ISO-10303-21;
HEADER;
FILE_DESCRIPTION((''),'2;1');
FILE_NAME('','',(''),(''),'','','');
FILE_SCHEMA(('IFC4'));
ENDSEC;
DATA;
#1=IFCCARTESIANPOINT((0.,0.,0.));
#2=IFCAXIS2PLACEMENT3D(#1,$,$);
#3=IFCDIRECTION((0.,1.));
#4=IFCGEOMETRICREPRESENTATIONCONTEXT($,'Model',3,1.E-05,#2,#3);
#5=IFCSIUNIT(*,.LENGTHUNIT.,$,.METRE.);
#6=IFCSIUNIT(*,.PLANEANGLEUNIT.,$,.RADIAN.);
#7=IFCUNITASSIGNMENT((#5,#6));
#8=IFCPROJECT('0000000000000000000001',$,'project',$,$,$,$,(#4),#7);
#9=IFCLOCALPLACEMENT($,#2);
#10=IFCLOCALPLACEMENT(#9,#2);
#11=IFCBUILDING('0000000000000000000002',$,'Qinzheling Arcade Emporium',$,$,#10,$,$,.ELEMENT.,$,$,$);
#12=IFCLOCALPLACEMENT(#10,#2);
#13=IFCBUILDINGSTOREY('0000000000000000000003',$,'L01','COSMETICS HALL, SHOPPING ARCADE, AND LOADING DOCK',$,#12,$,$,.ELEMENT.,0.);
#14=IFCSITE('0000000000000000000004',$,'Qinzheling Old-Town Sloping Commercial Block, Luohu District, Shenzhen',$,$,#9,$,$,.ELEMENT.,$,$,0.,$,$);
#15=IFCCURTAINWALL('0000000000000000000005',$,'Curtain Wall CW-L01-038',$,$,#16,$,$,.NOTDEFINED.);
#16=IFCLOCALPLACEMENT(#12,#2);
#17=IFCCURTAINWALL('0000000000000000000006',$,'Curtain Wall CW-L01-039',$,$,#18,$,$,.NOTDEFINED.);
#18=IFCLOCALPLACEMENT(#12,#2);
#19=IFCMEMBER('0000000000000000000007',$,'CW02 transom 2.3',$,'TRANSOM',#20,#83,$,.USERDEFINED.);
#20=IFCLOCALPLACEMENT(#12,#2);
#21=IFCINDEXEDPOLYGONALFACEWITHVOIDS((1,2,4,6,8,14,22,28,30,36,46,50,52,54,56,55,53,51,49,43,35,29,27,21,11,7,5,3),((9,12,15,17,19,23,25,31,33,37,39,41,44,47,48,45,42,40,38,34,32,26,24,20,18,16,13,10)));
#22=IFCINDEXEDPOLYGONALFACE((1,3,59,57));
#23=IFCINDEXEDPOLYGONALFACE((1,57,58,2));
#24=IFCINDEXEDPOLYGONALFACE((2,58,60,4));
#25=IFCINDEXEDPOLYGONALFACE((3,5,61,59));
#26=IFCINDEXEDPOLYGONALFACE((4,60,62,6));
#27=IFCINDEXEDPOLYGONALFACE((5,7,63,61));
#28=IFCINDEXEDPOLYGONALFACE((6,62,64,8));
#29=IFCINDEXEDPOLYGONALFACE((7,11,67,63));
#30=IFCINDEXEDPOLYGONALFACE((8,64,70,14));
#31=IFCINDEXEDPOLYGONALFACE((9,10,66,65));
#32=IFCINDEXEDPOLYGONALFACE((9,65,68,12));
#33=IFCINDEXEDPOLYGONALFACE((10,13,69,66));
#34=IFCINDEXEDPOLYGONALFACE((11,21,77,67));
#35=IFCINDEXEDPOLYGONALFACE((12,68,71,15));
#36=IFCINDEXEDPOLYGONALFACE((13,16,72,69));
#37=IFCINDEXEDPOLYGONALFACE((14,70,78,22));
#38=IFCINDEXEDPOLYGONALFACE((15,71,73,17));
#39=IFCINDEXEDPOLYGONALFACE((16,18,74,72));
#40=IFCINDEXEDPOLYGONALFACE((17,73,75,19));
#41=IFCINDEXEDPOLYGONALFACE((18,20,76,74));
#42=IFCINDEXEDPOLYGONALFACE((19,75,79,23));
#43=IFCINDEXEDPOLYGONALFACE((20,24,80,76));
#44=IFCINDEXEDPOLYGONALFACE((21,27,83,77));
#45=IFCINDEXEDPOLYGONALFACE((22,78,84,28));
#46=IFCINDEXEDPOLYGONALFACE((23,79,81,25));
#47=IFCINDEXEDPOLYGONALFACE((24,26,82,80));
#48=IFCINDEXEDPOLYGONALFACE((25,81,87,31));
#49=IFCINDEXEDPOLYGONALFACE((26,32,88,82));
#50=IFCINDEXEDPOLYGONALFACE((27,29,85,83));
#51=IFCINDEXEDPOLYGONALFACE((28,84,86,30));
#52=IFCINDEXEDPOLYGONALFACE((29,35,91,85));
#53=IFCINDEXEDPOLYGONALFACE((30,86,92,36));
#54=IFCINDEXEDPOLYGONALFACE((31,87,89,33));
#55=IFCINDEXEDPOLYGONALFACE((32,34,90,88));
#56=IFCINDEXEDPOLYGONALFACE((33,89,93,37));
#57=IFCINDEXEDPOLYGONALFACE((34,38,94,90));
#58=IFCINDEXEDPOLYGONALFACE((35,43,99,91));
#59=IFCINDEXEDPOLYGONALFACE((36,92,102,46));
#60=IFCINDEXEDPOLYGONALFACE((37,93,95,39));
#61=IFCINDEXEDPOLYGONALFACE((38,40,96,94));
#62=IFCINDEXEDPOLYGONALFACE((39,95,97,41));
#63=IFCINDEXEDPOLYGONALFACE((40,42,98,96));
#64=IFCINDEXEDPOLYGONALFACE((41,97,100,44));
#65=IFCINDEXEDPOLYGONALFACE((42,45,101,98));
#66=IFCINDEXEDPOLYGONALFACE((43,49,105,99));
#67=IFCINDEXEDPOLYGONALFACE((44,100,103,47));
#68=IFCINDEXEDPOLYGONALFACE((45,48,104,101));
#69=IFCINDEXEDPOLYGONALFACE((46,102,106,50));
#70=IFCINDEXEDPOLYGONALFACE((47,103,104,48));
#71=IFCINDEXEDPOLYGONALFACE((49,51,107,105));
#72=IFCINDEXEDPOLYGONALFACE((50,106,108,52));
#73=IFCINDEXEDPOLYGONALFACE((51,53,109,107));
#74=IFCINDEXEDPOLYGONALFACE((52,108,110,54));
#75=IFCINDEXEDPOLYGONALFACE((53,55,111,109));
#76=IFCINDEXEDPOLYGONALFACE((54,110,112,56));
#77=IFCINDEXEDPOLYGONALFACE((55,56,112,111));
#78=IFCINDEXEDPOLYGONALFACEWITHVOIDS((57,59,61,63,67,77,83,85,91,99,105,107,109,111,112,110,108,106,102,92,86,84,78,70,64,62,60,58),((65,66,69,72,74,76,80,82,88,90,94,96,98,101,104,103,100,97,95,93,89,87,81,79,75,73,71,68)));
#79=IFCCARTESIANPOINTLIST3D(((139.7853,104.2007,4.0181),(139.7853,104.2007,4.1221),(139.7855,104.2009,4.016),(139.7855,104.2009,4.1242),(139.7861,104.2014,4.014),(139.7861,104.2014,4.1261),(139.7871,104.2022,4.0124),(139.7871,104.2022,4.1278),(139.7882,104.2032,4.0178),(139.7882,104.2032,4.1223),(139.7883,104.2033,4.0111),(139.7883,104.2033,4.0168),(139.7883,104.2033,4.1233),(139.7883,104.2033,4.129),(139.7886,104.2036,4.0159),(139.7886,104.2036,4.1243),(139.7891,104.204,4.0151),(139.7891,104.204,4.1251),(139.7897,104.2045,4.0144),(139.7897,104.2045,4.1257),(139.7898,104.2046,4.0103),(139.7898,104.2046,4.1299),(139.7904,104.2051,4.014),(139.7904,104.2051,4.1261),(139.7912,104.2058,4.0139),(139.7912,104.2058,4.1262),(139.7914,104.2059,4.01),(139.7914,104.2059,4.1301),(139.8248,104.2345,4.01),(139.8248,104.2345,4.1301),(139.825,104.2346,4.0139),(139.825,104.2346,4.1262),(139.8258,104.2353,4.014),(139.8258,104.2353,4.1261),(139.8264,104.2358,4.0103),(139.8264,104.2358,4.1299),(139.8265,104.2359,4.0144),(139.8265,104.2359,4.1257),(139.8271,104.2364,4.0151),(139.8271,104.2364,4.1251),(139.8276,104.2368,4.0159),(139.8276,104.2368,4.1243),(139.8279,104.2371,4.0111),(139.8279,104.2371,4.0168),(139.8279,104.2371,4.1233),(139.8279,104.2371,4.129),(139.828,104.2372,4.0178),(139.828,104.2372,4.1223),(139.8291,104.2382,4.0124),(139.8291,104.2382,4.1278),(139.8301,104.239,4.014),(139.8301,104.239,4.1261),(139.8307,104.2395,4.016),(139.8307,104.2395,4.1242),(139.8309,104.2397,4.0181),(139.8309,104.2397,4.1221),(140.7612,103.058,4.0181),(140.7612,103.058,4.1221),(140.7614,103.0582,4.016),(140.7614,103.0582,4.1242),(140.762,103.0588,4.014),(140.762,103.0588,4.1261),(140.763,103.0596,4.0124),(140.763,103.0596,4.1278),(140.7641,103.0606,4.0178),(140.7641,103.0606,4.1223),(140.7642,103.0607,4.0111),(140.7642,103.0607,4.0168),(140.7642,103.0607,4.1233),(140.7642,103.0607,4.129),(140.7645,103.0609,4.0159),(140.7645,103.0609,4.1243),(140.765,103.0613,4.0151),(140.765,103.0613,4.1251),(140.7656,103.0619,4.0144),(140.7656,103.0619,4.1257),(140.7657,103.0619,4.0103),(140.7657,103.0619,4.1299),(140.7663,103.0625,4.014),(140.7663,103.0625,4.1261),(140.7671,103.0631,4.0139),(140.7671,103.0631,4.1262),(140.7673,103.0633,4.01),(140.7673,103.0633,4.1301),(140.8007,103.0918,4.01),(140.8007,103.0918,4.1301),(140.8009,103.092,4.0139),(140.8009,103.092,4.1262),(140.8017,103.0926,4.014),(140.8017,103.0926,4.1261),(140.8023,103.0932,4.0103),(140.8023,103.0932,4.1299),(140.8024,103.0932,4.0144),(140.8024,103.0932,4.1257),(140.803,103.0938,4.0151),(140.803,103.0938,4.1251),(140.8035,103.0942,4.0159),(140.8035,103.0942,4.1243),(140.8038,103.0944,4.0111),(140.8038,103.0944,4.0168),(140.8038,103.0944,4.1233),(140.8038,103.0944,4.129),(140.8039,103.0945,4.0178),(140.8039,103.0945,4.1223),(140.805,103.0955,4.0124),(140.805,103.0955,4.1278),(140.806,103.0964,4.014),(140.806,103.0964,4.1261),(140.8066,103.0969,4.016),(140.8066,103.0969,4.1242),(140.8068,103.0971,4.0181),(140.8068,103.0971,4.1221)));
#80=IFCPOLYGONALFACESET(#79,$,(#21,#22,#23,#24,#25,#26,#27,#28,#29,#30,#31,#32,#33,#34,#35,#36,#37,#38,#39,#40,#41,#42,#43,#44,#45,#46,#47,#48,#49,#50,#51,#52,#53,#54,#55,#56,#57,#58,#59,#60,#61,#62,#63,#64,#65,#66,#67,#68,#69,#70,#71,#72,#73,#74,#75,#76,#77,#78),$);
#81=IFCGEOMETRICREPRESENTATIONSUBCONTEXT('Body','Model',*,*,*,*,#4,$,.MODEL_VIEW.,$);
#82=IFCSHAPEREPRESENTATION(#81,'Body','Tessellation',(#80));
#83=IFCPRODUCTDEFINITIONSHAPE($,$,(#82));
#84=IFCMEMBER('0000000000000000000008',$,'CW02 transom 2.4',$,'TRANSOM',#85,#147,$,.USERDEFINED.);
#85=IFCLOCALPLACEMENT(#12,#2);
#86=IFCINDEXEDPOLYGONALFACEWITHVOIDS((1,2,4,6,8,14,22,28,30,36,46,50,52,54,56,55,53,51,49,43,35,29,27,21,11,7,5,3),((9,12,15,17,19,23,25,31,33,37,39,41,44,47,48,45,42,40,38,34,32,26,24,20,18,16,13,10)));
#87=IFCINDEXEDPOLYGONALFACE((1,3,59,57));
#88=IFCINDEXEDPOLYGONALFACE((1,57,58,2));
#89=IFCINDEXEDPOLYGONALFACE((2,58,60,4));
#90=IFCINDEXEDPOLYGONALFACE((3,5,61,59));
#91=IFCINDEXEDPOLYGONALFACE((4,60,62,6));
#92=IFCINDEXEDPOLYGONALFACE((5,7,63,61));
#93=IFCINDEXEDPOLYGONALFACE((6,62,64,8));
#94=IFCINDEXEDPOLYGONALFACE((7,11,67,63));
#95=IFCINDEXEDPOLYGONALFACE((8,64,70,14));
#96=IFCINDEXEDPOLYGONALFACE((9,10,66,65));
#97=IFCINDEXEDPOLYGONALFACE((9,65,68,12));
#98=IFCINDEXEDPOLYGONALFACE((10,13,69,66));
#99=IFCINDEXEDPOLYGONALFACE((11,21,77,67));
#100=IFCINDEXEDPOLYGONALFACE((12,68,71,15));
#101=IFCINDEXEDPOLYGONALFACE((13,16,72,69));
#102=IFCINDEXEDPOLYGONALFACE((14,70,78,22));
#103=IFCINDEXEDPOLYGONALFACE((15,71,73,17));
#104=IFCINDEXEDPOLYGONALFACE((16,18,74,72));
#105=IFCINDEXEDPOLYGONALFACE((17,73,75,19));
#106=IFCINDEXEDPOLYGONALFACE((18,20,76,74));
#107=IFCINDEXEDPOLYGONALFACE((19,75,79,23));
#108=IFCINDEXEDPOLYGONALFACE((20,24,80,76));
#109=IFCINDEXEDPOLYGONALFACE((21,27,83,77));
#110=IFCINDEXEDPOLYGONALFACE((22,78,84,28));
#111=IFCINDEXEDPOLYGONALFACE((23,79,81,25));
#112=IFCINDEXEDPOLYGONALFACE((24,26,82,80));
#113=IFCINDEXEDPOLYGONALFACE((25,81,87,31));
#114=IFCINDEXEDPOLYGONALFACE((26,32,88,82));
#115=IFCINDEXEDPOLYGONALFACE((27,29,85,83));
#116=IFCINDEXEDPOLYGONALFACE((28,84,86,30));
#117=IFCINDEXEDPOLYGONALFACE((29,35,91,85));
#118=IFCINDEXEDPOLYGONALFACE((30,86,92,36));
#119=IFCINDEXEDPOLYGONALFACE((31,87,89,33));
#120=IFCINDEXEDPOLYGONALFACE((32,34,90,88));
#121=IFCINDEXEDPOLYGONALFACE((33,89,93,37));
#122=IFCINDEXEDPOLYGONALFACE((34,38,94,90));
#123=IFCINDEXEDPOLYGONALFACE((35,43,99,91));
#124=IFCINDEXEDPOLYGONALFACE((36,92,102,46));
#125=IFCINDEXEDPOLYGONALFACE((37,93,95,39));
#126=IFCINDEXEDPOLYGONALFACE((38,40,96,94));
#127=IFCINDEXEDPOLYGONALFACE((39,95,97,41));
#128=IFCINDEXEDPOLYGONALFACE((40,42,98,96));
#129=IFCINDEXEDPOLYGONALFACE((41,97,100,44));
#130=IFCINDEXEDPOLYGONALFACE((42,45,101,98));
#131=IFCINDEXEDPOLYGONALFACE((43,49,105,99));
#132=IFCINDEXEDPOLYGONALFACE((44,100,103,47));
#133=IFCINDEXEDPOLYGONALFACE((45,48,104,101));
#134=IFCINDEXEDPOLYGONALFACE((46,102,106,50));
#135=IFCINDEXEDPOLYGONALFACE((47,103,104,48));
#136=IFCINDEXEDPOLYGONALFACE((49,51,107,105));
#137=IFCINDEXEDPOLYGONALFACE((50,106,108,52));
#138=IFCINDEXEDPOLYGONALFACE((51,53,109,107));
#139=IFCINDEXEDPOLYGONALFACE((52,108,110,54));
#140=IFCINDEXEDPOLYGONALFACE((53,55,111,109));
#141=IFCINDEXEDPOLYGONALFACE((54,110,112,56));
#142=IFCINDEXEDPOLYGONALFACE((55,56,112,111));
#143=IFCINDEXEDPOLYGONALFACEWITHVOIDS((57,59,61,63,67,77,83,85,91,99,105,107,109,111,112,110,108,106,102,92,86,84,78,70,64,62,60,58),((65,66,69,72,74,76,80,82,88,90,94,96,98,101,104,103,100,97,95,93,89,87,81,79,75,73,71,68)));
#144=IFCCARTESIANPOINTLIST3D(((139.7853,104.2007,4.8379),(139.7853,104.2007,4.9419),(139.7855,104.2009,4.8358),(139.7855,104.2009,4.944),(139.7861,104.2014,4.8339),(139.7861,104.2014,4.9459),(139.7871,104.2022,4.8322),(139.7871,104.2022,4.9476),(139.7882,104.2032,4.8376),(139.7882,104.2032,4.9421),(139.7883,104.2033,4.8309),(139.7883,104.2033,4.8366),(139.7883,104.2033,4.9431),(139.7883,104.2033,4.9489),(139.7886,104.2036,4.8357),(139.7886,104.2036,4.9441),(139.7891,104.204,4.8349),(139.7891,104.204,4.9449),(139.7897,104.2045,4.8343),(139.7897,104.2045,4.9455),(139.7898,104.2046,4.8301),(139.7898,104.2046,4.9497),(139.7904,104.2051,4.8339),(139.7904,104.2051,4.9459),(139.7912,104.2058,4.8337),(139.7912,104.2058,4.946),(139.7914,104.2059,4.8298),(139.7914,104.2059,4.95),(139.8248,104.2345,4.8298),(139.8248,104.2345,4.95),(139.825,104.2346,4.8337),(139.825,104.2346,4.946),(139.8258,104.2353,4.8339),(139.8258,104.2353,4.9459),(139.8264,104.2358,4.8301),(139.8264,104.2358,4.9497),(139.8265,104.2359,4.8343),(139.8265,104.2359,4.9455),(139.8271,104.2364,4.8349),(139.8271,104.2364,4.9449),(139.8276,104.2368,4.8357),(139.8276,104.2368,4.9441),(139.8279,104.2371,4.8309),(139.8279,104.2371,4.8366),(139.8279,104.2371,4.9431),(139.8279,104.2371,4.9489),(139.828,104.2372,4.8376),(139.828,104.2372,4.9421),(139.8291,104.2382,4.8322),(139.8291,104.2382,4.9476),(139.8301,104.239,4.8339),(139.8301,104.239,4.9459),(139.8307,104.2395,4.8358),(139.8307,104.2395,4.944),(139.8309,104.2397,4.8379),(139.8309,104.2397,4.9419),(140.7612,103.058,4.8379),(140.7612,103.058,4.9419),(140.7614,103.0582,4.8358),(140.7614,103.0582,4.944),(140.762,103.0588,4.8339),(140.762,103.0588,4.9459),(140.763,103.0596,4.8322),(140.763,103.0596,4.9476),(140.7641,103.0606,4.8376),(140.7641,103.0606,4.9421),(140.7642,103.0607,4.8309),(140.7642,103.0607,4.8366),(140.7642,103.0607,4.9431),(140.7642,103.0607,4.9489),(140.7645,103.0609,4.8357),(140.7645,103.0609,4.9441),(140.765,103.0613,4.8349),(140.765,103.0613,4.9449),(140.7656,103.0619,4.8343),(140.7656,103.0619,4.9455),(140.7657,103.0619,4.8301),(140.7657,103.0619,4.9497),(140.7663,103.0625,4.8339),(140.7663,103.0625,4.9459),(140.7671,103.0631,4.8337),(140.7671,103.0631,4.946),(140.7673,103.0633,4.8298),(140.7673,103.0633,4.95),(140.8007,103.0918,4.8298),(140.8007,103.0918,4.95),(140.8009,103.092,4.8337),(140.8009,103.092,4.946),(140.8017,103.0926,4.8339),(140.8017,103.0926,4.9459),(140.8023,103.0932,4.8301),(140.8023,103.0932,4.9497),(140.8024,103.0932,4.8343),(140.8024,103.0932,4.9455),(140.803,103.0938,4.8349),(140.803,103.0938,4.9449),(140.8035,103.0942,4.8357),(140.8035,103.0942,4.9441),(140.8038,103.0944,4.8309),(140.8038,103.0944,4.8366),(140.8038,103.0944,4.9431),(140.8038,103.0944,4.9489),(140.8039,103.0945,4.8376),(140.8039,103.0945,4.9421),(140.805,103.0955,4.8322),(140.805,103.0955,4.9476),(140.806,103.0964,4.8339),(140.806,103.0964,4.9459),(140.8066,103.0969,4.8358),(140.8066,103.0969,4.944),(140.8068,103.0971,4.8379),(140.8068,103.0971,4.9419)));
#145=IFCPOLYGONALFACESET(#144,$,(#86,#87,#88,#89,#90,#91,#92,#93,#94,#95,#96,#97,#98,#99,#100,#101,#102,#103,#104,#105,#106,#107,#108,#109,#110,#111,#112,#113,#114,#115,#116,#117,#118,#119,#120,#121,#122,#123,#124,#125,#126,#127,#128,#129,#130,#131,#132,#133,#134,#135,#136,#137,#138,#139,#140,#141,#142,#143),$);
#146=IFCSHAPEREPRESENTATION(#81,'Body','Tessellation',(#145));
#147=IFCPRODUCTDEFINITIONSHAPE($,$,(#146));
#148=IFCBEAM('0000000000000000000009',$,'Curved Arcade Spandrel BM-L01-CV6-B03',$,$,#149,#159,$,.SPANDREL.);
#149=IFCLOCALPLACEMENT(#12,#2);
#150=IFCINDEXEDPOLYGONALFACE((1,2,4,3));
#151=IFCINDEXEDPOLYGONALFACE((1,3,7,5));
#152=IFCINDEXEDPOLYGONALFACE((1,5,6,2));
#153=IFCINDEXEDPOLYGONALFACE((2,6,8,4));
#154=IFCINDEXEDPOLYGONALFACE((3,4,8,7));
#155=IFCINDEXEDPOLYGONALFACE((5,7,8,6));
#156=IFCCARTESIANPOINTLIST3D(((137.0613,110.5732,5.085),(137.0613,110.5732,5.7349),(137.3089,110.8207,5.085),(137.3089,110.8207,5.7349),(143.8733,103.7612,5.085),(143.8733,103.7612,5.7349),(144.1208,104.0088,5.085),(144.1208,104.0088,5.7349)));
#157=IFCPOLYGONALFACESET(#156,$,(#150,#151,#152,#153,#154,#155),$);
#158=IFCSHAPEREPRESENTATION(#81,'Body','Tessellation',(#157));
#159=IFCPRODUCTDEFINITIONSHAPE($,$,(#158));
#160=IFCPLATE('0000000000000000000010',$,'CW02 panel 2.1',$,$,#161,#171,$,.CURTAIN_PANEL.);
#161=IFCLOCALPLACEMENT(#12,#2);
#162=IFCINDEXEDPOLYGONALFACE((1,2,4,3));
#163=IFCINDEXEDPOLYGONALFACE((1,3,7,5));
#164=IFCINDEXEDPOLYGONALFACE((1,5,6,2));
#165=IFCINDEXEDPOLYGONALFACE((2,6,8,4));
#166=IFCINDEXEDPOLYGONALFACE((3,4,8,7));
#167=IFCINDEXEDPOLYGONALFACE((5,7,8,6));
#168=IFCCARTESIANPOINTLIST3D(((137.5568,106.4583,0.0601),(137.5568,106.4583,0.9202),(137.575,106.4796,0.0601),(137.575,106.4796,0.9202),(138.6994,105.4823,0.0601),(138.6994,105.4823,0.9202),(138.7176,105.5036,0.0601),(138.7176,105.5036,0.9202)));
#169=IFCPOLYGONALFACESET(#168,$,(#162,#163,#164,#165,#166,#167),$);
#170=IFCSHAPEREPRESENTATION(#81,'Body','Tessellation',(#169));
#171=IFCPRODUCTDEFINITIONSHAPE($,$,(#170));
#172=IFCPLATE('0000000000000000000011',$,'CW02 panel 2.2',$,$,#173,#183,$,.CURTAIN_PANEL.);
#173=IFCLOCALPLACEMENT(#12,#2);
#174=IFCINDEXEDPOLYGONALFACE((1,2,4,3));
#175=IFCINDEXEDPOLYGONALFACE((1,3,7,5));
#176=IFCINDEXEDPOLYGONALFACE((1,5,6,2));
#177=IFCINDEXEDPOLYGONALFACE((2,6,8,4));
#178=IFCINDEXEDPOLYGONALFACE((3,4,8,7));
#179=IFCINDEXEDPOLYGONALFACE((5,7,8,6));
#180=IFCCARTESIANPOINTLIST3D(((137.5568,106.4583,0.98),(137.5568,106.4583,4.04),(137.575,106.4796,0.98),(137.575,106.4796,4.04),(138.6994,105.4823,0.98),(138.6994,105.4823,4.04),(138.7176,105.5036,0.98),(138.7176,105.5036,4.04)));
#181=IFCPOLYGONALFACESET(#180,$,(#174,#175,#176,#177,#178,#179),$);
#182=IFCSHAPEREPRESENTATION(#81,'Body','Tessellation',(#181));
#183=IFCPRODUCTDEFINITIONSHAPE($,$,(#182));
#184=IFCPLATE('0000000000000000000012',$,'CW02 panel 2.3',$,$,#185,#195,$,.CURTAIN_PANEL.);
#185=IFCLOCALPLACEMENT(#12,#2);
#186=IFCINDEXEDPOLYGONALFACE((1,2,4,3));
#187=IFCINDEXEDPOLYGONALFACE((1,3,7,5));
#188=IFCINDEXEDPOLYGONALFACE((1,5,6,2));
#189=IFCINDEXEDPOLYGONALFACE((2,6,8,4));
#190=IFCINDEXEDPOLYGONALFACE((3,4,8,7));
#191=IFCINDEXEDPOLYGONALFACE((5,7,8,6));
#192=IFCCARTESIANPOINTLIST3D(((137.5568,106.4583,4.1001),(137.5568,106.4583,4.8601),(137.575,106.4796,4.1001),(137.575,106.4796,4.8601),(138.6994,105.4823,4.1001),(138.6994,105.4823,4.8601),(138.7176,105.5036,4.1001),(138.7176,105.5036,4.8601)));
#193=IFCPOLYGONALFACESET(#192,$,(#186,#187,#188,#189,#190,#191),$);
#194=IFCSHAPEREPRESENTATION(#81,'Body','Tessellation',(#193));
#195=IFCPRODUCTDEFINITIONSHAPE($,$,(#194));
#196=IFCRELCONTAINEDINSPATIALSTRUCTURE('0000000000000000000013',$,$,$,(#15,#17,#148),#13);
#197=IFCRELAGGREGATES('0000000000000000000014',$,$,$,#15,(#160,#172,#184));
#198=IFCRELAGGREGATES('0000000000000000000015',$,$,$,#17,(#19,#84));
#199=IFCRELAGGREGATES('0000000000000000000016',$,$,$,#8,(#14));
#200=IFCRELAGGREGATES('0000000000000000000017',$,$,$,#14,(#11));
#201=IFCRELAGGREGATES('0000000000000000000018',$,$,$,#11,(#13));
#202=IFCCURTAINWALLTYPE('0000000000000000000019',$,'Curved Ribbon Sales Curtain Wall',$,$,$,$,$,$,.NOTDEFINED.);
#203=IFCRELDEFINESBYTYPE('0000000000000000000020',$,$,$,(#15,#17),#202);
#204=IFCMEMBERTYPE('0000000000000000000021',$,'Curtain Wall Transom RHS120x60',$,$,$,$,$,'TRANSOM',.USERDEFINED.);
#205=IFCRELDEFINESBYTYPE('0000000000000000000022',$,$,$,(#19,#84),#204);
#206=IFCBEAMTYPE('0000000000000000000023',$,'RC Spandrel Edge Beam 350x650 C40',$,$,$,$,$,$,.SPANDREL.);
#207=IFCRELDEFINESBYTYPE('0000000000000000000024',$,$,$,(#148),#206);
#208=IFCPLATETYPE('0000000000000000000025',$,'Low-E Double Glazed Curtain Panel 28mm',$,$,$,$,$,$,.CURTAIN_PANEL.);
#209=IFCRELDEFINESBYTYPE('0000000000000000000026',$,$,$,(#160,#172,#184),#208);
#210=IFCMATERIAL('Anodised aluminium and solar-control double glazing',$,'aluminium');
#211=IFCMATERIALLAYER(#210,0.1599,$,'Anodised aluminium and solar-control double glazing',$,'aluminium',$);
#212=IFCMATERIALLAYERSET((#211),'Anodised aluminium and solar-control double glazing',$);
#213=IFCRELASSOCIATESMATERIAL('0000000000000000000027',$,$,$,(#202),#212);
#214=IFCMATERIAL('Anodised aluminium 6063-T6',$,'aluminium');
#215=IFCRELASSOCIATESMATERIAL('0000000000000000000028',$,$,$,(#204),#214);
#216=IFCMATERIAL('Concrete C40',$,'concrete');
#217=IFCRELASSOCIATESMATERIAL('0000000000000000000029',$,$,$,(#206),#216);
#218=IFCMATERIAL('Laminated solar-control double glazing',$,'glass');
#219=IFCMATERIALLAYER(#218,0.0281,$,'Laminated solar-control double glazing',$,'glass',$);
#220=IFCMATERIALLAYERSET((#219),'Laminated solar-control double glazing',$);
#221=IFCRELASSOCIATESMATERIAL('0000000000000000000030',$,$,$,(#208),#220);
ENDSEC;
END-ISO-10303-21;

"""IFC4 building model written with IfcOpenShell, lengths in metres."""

from ifc_helpers import new_model, si_unit, direction, frame, origin, origin_2d, place, context, subcontext, project, spatial, rectangle, hollow_rectangle, extrude, material, layer, layer_set, material_profile, profile_set, type_object, element, aggregate, save


model = new_model("IFC4")

# Units and contexts
model_context = context("Model", 3, precision=1e-05, world=origin(), true_north=direction((0.0, 1.0)))
body_context = subcontext(model_context, "Body", "Model", "MODEL_VIEW")
ifc_project = project(units=[si_unit("LENGTHUNIT", "METRE"), si_unit("PLANEANGLEUNIT", "RADIAN")], contexts=[model_context])

# Site, building, storey
site_placement = place(None, origin())
site = spatial("IfcSite", under=ifc_project, at=site_placement, Name="Qinzheling Old-Town Sloping Commercial Block, Luohu District, Shenzhen", CompositionType="ELEMENT", RefElevation=0.0)
building_placement = place(site_placement, origin())
building = spatial("IfcBuilding", under=site, at=building_placement, Name="Qinzheling Arcade Emporium", CompositionType="ELEMENT")
storey_placement = place(building_placement, origin())
storey = spatial("IfcBuildingStorey", under=building, at=storey_placement, Name="L01", Description="COSMETICS HALL, SHOPPING ARCADE, AND LOADING DOCK", CompositionType="ELEMENT", Elevation=0.0)

# Curtain walls
ifc_material_1 = material(Name="Anodised aluminium and solar-control double glazing", Category="aluminium")
ifc_layer_1 = layer(ifc_material_1, 0.1599, Name="Anodised aluminium and solar-control double glazing", Category="aluminium")
ifc_layer_set_1 = layer_set([ifc_layer_1], Name="Anodised aluminium and solar-control double glazing")
curtain_wall_type = type_object("IfcCurtainWallType", Name="Curved Ribbon Sales Curtain Wall", PredefinedType="NOTDEFINED", material=ifc_layer_set_1)
curtain_wall_1_placement = place(storey_placement, origin())
curtain_wall_1 = element("IfcCurtainWall", 1, at=curtain_wall_1_placement, inside=storey, type_object=curtain_wall_type, Name="Curtain Wall CW-L01-038", PredefinedType="NOTDEFINED")
ifc_material_2 = material(Name="Anodised aluminium 6063-T6", Category="aluminium")
curtain_wall_2_placement = place(storey_placement, origin())
curtain_wall_2 = element("IfcCurtainWall", 2, at=curtain_wall_2_placement, inside=storey, type_object=curtain_wall_type, Name="Curtain Wall CW-L01-039", PredefinedType="NOTDEFINED")

# Members
ifc_material_profile_1 = material_profile(ifc_material_2, hollow_rectangle(XDim=0.0601, YDim=0.1201, WallThickness=0.0039, InnerFilletRadius=0.0039, OuterFilletRadius=0.0081, at=origin_2d()), Name="RHS 120x60x4", Category="aluminium")
ifc_profile_set_1 = profile_set([ifc_material_profile_1], Name="Anodised aluminium 6063-T6")
member_type_1 = type_object("IfcMemberType", Name="Curtain Wall Transom RHS120x60", ElementType="TRANSOM", PredefinedType="USERDEFINED", material=ifc_profile_set_1)
member_1_placement = place(storey_placement, frame((139.8081, 104.2202, 4.0701), z_axis=(0.649439, -0.760414, 0.0), x_axis=(0.760414, 0.649439, 0.0)))
member_1 = element("IfcMember", 3, at=member_1_placement, type_object=member_type_1, Name="CW02 transom 2.3", ObjectType="TRANSOM", PredefinedType="USERDEFINED", context=body_context, shape_type="SweptSolid", body=[
    extrude(hollow_rectangle(XDim=0.0601, YDim=0.1201, WallThickness=0.0039, InnerFilletRadius=0.0039, OuterFilletRadius=0.0081, at=origin_2d()), origin(), (0.0, 0.0, 1.0), 1.5027),
])
member_2_placement = place(storey_placement, frame((139.8081, 104.2202, 4.8899), z_axis=(0.649439, -0.760414, 0.0), x_axis=(0.760414, 0.649439, 0.0)))
member_2 = element("IfcMember", 4, at=member_2_placement, type_object=member_type_1, Name="CW02 transom 2.4", ObjectType="TRANSOM", PredefinedType="USERDEFINED", context=body_context, shape_type="SweptSolid", body=[
    extrude(hollow_rectangle(XDim=0.0601, YDim=0.1201, WallThickness=0.0039, InnerFilletRadius=0.0039, OuterFilletRadius=0.0081, at=origin_2d()), origin(), (0.0, 0.0, 1.0), 1.5027),
])

# Beam
ifc_material_3 = material(Name="Concrete C40", Category="concrete")
ifc_material_profile_2 = material_profile(ifc_material_3, rectangle(XDim=0.3501, YDim=0.6499, at=origin_2d()), Name="RC 350x650", Category="concrete")
ifc_profile_set_2 = profile_set([ifc_material_profile_2], Name="Concrete C40")
beam_type_1 = type_object("IfcBeamType", Name="RC Spandrel Edge Beam 350x650 C40", PredefinedType="SPANDREL", material=ifc_profile_set_2)
beam_1_placement = place(storey_placement, frame((143.9971, 103.885, 5.4099), z_axis=(-0.707107, 0.707107, 0.0), x_axis=(-0.707107, -0.707107, 0.0)))
element("IfcBeam", 5, at=beam_1_placement, inside=storey, type_object=beam_type_1, Name="Curved Arcade Spandrel BM-L01-CV6-B03", PredefinedType="SPANDREL", context=body_context, shape_type="SweptSolid", body=[
    extrude(rectangle(XDim=0.3501, YDim=0.6499, at=origin_2d()), origin(), (0.0, 0.0, 1.0), 9.6335),
])

# Plates
ifc_material_4 = material(Name="Laminated solar-control double glazing", Category="glass")
ifc_layer_2 = layer(ifc_material_4, 0.0281, Name="Laminated solar-control double glazing", Category="glass")
ifc_layer_set_2 = layer_set([ifc_layer_2], Name="Laminated solar-control double glazing")
plate_type_1 = type_object("IfcPlateType", Name="Low-E Double Glazed Curtain Panel 28mm", PredefinedType="CURTAIN_PANEL", material=ifc_layer_set_2)
plate_1_placement = place(storey_placement, frame((138.1372, 105.981, 0.0601), z_axis=(0.0, 0.0, 1.0), x_axis=(0.760341, -0.649524, 0.0)))
plate_1 = element("IfcPlate", 6, at=plate_1_placement, type_object=plate_type_1, Name="CW02 panel 2.1", PredefinedType="CURTAIN_PANEL", context=body_context, shape_type="SweptSolid", body=[
    extrude(rectangle(XDim=1.5027, YDim=0.0281, at=origin_2d()), origin(), (0.0, 0.0, 1.0), 0.8601),
])
plate_2_placement = place(storey_placement, frame((138.1372, 105.981, 0.98), z_axis=(0.0, 0.0, 1.0), x_axis=(0.760341, -0.649524, 0.0)))
plate_2 = element("IfcPlate", 7, at=plate_2_placement, type_object=plate_type_1, Name="CW02 panel 2.2", PredefinedType="CURTAIN_PANEL", context=body_context, shape_type="SweptSolid", body=[
    extrude(rectangle(XDim=1.5027, YDim=0.0281, at=origin_2d()), origin(), (0.0, 0.0, 1.0), 3.0601),
])
plate_3_placement = place(storey_placement, frame((138.1372, 105.981, 4.1001), z_axis=(0.0, 0.0, 1.0), x_axis=(0.760341, -0.649524, 0.0)))
plate_3 = element("IfcPlate", 8, at=plate_3_placement, type_object=plate_type_1, Name="CW02 panel 2.3", PredefinedType="CURTAIN_PANEL", context=body_context, shape_type="SweptSolid", body=[
    extrude(rectangle(XDim=1.5027, YDim=0.0281, at=origin_2d()), origin(), (0.0, 0.0, 1.0), 0.76),
])
aggregate(curtain_wall_1, [plate_1, plate_2, plate_3])
aggregate(curtain_wall_2, [member_1, member_2])

save(model, "model.ifc")
